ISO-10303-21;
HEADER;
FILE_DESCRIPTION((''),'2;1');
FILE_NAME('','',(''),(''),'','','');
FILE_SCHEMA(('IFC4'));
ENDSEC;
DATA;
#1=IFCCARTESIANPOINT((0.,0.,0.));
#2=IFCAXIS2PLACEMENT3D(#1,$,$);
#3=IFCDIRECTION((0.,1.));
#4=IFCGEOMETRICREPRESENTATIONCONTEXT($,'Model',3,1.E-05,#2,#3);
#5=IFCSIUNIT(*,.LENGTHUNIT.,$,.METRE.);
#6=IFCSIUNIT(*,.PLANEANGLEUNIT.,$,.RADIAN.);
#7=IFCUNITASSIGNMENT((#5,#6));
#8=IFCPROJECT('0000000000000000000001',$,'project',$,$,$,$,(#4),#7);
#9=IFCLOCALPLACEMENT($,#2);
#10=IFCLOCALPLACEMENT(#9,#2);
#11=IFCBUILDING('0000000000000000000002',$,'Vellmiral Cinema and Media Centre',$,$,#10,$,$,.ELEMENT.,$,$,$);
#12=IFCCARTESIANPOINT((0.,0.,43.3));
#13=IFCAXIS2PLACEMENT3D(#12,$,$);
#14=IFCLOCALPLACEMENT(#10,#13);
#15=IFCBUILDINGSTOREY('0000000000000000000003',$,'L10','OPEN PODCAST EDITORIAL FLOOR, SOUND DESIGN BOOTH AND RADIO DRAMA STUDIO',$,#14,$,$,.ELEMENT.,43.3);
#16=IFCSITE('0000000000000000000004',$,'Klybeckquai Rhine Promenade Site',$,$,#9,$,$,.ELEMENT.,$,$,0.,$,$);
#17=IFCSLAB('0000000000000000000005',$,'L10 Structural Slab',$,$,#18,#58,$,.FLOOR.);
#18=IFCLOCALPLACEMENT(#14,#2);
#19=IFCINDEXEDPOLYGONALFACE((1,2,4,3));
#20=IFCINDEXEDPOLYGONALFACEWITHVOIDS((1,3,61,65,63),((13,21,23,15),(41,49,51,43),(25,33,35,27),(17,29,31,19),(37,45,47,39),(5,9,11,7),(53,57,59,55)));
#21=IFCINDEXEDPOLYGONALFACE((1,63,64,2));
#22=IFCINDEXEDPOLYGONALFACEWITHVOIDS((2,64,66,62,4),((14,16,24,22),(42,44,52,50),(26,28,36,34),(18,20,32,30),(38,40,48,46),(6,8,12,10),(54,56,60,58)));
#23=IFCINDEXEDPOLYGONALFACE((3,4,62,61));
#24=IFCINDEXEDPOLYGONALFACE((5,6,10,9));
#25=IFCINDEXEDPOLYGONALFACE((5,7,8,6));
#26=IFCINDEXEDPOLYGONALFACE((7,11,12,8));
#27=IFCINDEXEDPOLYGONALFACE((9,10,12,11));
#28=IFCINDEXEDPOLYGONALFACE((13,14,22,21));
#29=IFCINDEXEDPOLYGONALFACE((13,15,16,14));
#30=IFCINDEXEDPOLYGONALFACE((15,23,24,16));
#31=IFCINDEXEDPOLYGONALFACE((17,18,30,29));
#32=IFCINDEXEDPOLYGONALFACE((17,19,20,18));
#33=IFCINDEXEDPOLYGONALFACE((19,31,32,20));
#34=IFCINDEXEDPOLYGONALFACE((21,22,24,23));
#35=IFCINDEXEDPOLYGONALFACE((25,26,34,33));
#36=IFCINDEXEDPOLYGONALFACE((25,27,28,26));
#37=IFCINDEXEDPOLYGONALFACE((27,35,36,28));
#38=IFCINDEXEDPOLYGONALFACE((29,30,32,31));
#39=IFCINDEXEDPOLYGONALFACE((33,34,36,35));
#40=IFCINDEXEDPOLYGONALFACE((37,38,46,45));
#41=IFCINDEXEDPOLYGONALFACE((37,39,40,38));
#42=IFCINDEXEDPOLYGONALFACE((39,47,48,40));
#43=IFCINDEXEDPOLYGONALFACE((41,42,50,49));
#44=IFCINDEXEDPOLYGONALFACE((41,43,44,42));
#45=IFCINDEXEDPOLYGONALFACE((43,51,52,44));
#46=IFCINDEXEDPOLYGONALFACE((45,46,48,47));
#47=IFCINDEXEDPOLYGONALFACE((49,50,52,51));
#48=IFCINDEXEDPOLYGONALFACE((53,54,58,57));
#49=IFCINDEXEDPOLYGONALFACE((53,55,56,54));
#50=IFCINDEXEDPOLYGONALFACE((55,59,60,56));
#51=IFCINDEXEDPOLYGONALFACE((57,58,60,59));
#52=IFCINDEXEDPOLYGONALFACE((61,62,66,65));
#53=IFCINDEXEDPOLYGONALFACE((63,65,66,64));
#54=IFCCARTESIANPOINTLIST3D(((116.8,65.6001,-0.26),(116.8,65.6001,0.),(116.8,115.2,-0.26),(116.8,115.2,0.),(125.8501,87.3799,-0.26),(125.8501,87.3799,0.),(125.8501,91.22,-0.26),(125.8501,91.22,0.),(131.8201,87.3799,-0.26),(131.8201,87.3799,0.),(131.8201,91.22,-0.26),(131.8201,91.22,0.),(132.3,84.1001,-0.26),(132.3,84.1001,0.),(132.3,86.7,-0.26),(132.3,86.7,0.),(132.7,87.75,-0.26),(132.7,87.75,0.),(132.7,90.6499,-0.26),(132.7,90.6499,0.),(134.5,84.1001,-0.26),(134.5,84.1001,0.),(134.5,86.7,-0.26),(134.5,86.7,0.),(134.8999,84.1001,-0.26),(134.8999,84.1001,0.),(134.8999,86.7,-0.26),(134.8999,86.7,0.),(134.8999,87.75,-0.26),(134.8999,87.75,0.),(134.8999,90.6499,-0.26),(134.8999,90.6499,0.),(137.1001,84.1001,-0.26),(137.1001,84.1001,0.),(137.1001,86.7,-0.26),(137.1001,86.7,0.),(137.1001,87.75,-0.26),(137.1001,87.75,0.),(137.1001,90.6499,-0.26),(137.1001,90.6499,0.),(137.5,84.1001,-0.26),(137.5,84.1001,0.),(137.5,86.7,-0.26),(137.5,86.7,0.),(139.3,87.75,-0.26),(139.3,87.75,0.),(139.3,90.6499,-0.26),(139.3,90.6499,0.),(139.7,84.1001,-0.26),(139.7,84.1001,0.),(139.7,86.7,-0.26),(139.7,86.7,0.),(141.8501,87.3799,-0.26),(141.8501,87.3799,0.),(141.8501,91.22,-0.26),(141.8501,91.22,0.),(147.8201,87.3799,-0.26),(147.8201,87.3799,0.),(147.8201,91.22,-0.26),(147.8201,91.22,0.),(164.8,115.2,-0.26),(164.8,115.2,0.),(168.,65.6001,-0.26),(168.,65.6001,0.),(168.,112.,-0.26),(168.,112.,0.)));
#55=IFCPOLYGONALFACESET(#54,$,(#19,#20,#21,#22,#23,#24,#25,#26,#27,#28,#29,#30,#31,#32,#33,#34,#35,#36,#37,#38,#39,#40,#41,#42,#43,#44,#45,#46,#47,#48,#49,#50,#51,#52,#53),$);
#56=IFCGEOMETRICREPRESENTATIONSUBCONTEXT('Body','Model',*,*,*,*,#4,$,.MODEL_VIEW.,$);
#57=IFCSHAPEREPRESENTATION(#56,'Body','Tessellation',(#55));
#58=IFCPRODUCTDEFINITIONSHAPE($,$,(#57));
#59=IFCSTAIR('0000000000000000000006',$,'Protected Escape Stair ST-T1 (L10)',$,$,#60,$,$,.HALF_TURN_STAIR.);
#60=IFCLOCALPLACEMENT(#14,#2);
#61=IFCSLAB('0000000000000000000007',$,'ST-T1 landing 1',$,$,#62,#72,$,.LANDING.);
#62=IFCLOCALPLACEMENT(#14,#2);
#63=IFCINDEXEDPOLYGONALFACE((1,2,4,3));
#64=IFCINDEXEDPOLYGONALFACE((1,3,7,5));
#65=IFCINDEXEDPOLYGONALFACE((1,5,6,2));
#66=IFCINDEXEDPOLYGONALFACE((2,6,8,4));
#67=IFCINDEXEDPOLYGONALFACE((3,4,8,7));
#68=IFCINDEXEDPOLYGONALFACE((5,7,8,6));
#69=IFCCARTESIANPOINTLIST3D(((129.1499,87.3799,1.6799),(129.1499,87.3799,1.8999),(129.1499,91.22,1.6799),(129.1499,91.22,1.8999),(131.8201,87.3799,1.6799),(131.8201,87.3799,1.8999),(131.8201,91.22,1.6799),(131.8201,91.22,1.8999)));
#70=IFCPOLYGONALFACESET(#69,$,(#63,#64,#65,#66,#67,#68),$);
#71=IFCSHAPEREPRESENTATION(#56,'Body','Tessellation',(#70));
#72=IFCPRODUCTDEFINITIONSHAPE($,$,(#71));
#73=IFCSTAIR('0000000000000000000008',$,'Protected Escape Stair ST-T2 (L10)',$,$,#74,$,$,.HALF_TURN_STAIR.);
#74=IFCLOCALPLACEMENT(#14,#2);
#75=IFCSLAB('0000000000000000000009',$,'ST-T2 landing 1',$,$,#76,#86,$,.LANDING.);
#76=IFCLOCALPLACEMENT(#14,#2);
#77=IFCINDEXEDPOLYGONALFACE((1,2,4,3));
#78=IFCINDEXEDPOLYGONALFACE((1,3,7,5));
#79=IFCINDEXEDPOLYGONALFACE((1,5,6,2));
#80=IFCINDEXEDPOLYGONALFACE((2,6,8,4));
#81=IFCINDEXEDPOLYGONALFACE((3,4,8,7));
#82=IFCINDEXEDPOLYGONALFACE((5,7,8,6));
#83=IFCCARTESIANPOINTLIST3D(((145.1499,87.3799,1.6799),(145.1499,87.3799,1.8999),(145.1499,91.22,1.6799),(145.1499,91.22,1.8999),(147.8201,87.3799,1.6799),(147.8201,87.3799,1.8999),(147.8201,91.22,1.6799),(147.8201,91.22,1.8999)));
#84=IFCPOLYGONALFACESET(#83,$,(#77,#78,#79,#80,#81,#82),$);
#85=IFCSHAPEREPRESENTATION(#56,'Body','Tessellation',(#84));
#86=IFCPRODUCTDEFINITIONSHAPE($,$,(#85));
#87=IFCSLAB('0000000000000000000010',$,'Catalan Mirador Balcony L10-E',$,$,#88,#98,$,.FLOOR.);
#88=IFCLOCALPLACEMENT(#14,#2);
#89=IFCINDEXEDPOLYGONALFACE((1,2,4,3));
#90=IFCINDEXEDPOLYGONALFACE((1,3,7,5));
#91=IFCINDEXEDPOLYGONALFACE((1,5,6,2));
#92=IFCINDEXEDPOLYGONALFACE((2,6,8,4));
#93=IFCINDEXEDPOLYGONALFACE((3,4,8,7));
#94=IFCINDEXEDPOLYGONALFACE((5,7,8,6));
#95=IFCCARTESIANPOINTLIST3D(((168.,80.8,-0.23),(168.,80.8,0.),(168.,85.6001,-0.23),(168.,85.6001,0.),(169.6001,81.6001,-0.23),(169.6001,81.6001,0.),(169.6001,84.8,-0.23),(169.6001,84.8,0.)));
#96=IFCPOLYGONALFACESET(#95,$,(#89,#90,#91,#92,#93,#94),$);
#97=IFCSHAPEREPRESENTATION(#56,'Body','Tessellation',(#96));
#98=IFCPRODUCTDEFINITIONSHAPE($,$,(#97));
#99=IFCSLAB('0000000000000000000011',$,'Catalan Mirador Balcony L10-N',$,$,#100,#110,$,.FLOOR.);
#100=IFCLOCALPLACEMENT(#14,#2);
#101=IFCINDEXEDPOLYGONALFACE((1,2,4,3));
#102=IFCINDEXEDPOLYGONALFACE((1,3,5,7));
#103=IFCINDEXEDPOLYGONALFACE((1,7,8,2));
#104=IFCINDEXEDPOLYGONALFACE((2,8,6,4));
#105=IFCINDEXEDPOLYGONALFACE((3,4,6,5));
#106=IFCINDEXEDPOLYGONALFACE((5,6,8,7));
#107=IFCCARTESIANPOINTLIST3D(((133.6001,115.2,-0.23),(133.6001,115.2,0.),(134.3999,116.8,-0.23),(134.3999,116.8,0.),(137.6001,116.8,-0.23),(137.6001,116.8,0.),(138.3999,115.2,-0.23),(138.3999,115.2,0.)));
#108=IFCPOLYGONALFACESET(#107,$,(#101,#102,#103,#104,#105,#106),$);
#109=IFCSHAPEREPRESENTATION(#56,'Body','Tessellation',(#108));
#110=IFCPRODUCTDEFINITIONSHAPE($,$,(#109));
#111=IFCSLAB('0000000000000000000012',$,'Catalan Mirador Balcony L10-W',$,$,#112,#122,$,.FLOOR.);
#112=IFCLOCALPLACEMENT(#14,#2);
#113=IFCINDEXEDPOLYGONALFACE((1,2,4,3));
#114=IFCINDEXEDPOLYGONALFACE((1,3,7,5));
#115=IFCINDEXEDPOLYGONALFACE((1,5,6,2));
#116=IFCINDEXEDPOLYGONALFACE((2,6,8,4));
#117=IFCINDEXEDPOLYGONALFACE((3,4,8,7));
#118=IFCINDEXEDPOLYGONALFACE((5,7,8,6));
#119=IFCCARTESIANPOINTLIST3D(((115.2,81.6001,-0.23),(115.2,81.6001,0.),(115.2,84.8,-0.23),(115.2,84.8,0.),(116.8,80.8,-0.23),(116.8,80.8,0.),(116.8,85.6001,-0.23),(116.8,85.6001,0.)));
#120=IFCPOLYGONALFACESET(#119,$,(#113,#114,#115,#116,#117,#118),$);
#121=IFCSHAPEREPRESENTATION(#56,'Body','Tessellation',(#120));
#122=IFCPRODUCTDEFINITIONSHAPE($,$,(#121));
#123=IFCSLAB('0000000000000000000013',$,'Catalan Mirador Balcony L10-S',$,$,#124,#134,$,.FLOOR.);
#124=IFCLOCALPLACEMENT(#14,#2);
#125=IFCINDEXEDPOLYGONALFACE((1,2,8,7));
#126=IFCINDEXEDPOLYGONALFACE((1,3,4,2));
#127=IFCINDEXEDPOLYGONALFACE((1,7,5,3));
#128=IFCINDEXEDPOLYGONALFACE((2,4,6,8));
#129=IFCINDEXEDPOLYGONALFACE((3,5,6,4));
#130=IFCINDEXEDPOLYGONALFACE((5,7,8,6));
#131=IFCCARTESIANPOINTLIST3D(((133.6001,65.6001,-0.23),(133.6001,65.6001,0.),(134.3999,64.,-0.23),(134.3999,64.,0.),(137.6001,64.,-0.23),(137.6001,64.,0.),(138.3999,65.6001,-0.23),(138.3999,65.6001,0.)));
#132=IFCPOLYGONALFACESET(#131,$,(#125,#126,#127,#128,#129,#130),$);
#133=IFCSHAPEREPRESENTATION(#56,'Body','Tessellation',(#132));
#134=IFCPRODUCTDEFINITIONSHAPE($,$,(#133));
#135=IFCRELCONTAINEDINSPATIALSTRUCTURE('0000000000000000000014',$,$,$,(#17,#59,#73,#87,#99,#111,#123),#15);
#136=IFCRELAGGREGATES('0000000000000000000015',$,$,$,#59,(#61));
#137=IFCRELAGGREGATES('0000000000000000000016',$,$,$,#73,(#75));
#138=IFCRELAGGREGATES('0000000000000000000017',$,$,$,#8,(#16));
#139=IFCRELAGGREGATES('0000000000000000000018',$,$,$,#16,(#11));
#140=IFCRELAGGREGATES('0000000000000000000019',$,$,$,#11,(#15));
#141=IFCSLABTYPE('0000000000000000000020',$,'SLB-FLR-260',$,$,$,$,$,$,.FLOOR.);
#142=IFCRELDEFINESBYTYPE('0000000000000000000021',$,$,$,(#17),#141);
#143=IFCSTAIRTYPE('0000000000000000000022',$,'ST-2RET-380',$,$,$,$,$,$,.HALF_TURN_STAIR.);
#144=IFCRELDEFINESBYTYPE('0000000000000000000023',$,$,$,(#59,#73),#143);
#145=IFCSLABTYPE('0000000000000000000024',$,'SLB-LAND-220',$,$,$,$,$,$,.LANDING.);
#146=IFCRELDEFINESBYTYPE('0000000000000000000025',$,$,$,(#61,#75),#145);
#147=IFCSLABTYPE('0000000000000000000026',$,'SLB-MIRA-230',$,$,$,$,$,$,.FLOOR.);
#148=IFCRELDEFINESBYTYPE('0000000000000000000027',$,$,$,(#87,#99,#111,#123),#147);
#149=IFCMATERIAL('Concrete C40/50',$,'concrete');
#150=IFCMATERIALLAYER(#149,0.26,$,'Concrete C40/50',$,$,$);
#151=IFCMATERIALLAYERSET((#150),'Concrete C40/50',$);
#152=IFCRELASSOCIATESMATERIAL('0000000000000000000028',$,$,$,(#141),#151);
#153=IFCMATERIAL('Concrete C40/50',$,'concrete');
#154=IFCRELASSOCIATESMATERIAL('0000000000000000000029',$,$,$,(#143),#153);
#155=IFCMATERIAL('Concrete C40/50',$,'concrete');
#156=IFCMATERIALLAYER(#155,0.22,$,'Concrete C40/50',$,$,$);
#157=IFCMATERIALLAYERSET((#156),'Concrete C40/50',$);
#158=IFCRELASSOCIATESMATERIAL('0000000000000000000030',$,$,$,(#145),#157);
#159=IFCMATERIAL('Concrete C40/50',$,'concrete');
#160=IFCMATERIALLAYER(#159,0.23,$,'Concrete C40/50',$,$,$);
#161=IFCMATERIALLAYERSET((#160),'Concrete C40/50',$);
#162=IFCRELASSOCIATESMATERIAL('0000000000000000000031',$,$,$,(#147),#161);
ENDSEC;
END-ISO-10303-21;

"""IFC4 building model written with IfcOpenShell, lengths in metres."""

from ifc_helpers import new_model, si_unit, direction, frame, origin, place, context, subcontext, project, spatial, polyline, outline, extrude, material, layer, layer_set, type_object, element, aggregate, save


model = new_model("IFC4")

# Units and contexts
model_context = context("Model", 3, precision=1e-05, world=origin(), true_north=direction((0.0, 1.0)))
body_context = subcontext(model_context, "Body", "Model", "MODEL_VIEW")
ifc_project = project(units=[si_unit("LENGTHUNIT", "METRE"), si_unit("PLANEANGLEUNIT", "RADIAN")], contexts=[model_context])

# Site, building, storey
site_placement = place(None, origin())
site = spatial("IfcSite", under=ifc_project, at=site_placement, Name="Klybeckquai Rhine Promenade Site", CompositionType="ELEMENT", RefElevation=0.0)
building_placement = place(site_placement, origin())
building = spatial("IfcBuilding", under=site, at=building_placement, Name="Vellmiral Cinema and Media Centre", CompositionType="ELEMENT")
storey_placement = place(building_placement, frame((0.0, 0.0, 43.3)))
storey = spatial("IfcBuildingStorey", under=building, at=storey_placement, Name="L10", Description="OPEN PODCAST EDITORIAL FLOOR, SOUND DESIGN BOOTH AND RADIO DRAMA STUDIO", CompositionType="ELEMENT", Elevation=43.3)

# Slab
ifc_material_1 = material(Name="Concrete C40/50", Category="concrete")
ifc_layer_1 = layer(ifc_material_1, 0.26, Name="Concrete C40/50")
ifc_layer_set_1 = layer_set([ifc_layer_1], Name="Concrete C40/50")
slab_type_1 = type_object("IfcSlabType", Name="SLB-FLR-260", PredefinedType="FLOOR", material=ifc_layer_set_1)
slab_1_placement = place(storey_placement, frame((0.0, 0.0, -0.26)))
element("IfcSlab", 1, at=slab_1_placement, inside=storey, type_object=slab_type_1, Name="L10 Structural Slab", PredefinedType="FLOOR", context=body_context, shape_type="SweptSolid", body=[
    extrude(outline(polyline([(116.8, 65.6001), (168.0, 65.6001), (168.0, 112.0), (164.8, 115.2), (116.8, 115.2), (116.8, 65.6001)]), holes=[polyline([(125.8501, 87.3799), (131.8201, 87.3799), (131.8201, 91.22), (125.8501, 91.22), (125.8501, 87.3799)]), polyline([(141.8501, 87.3799), (147.8201, 87.3799), (147.8201, 91.22), (141.8501, 91.22), (141.8501, 87.3799)]), polyline([(132.7, 87.75), (134.8999, 87.75), (134.8999, 90.6499), (132.7, 90.6499), (132.7, 87.75)]), polyline([(137.1001, 87.75), (139.3, 87.75), (139.3, 90.6499), (137.1001, 90.6499), (137.1001, 87.75)]), polyline([(132.3, 84.1001), (134.5, 84.1001), (134.5, 86.7), (132.3, 86.7), (132.3, 84.1001)]), polyline([(134.8999, 84.1001), (137.1001, 84.1001), (137.1001, 86.7), (134.8999, 86.7), (134.8999, 84.1001)]), polyline([(137.5, 84.1001), (139.7, 84.1001), (139.7, 86.7), (137.5, 86.7), (137.5, 84.1001)])]), origin(), (0.0, 0.0, 1.0), 0.26),
])

# Stairs, slabs
ifc_material_2 = material(Name="Concrete C40/50", Category="concrete")
stair_type = type_object("IfcStairType", Name="ST-2RET-380", PredefinedType="HALF_TURN_STAIR", material=ifc_material_2)
stair_1_placement = place(storey_placement, origin())
stair_1 = element("IfcStair", 2, at=stair_1_placement, inside=storey, type_object=stair_type, Name="Protected Escape Stair ST-T1 (L10)", PredefinedType="HALF_TURN_STAIR")
ifc_material_3 = material(Name="Concrete C40/50", Category="concrete")
ifc_layer_2 = layer(ifc_material_3, 0.22, Name="Concrete C40/50")
ifc_layer_set_2 = layer_set([ifc_layer_2], Name="Concrete C40/50")
slab_type_2 = type_object("IfcSlabType", Name="SLB-LAND-220", PredefinedType="LANDING", material=ifc_layer_set_2)
slab_2_placement = place(storey_placement, frame((0.0, 0.0, 1.6799)))
slab_2 = element("IfcSlab", 3, at=slab_2_placement, type_object=slab_type_2, Name="ST-T1 landing 1", PredefinedType="LANDING", context=body_context, shape_type="SweptSolid", body=[
    extrude(outline(polyline([(129.1499, 87.3799), (131.8201, 87.3799), (131.8201, 91.22), (129.1499, 91.22), (129.1499, 87.3799)])), origin(), (0.0, 0.0, 1.0), 0.22),
])
aggregate(stair_1, [slab_2])
stair_2_placement = place(storey_placement, origin())
stair_2 = element("IfcStair", 4, at=stair_2_placement, inside=storey, type_object=stair_type, Name="Protected Escape Stair ST-T2 (L10)", PredefinedType="HALF_TURN_STAIR")
slab_3_placement = place(storey_placement, frame((0.0, 0.0, 1.6799)))
slab_3 = element("IfcSlab", 5, at=slab_3_placement, type_object=slab_type_2, Name="ST-T2 landing 1", PredefinedType="LANDING", context=body_context, shape_type="SweptSolid", body=[
    extrude(outline(polyline([(145.1499, 87.3799), (147.8201, 87.3799), (147.8201, 91.22), (145.1499, 91.22), (145.1499, 87.3799)])), origin(), (0.0, 0.0, 1.0), 0.22),
])
aggregate(stair_2, [slab_3])

# Slabs
ifc_material_4 = material(Name="Concrete C40/50", Category="concrete")
ifc_layer_3 = layer(ifc_material_4, 0.23, Name="Concrete C40/50")
ifc_layer_set_3 = layer_set([ifc_layer_3], Name="Concrete C40/50")
slab_type_3 = type_object("IfcSlabType", Name="SLB-MIRA-230", PredefinedType="FLOOR", material=ifc_layer_set_3)
slab_4_placement = place(storey_placement, frame((0.0, 0.0, -0.23)))
element("IfcSlab", 6, at=slab_4_placement, inside=storey, type_object=slab_type_3, Name="Catalan Mirador Balcony L10-E", PredefinedType="FLOOR", context=body_context, shape_type="SweptSolid", body=[
    extrude(outline(polyline([(168.0, 80.8), (169.6001, 81.6001), (169.6001, 84.8), (168.0, 85.6001), (168.0, 80.8)])), origin(), (0.0, 0.0, 1.0), 0.23),
])
slab_5_placement = place(storey_placement, frame((0.0, 0.0, -0.23)))
element("IfcSlab", 7, at=slab_5_placement, inside=storey, type_object=slab_type_3, Name="Catalan Mirador Balcony L10-N", PredefinedType="FLOOR", context=body_context, shape_type="SweptSolid", body=[
    extrude(outline(polyline([(133.6001, 115.2), (138.3999, 115.2), (137.6001, 116.8), (134.3999, 116.8), (133.6001, 115.2)])), origin(), (0.0, 0.0, 1.0), 0.23),
])
slab_6_placement = place(storey_placement, frame((0.0, 0.0, -0.23)))
element("IfcSlab", 8, at=slab_6_placement, inside=storey, type_object=slab_type_3, Name="Catalan Mirador Balcony L10-W", PredefinedType="FLOOR", context=body_context, shape_type="SweptSolid", body=[
    extrude(outline(polyline([(116.8, 80.8), (116.8, 85.6001), (115.2, 84.8), (115.2, 81.6001), (116.8, 80.8)])), origin(), (0.0, 0.0, 1.0), 0.23),
])
slab_7_placement = place(storey_placement, frame((0.0, 0.0, -0.23)))
element("IfcSlab", 9, at=slab_7_placement, inside=storey, type_object=slab_type_3, Name="Catalan Mirador Balcony L10-S", PredefinedType="FLOOR", context=body_context, shape_type="SweptSolid", body=[
    extrude(outline(polyline([(133.6001, 65.6001), (134.3999, 64.0), (137.6001, 64.0), (138.3999, 65.6001), (133.6001, 65.6001)])), origin(), (0.0, 0.0, 1.0), 0.23),
])

save(model, "model.ifc")
